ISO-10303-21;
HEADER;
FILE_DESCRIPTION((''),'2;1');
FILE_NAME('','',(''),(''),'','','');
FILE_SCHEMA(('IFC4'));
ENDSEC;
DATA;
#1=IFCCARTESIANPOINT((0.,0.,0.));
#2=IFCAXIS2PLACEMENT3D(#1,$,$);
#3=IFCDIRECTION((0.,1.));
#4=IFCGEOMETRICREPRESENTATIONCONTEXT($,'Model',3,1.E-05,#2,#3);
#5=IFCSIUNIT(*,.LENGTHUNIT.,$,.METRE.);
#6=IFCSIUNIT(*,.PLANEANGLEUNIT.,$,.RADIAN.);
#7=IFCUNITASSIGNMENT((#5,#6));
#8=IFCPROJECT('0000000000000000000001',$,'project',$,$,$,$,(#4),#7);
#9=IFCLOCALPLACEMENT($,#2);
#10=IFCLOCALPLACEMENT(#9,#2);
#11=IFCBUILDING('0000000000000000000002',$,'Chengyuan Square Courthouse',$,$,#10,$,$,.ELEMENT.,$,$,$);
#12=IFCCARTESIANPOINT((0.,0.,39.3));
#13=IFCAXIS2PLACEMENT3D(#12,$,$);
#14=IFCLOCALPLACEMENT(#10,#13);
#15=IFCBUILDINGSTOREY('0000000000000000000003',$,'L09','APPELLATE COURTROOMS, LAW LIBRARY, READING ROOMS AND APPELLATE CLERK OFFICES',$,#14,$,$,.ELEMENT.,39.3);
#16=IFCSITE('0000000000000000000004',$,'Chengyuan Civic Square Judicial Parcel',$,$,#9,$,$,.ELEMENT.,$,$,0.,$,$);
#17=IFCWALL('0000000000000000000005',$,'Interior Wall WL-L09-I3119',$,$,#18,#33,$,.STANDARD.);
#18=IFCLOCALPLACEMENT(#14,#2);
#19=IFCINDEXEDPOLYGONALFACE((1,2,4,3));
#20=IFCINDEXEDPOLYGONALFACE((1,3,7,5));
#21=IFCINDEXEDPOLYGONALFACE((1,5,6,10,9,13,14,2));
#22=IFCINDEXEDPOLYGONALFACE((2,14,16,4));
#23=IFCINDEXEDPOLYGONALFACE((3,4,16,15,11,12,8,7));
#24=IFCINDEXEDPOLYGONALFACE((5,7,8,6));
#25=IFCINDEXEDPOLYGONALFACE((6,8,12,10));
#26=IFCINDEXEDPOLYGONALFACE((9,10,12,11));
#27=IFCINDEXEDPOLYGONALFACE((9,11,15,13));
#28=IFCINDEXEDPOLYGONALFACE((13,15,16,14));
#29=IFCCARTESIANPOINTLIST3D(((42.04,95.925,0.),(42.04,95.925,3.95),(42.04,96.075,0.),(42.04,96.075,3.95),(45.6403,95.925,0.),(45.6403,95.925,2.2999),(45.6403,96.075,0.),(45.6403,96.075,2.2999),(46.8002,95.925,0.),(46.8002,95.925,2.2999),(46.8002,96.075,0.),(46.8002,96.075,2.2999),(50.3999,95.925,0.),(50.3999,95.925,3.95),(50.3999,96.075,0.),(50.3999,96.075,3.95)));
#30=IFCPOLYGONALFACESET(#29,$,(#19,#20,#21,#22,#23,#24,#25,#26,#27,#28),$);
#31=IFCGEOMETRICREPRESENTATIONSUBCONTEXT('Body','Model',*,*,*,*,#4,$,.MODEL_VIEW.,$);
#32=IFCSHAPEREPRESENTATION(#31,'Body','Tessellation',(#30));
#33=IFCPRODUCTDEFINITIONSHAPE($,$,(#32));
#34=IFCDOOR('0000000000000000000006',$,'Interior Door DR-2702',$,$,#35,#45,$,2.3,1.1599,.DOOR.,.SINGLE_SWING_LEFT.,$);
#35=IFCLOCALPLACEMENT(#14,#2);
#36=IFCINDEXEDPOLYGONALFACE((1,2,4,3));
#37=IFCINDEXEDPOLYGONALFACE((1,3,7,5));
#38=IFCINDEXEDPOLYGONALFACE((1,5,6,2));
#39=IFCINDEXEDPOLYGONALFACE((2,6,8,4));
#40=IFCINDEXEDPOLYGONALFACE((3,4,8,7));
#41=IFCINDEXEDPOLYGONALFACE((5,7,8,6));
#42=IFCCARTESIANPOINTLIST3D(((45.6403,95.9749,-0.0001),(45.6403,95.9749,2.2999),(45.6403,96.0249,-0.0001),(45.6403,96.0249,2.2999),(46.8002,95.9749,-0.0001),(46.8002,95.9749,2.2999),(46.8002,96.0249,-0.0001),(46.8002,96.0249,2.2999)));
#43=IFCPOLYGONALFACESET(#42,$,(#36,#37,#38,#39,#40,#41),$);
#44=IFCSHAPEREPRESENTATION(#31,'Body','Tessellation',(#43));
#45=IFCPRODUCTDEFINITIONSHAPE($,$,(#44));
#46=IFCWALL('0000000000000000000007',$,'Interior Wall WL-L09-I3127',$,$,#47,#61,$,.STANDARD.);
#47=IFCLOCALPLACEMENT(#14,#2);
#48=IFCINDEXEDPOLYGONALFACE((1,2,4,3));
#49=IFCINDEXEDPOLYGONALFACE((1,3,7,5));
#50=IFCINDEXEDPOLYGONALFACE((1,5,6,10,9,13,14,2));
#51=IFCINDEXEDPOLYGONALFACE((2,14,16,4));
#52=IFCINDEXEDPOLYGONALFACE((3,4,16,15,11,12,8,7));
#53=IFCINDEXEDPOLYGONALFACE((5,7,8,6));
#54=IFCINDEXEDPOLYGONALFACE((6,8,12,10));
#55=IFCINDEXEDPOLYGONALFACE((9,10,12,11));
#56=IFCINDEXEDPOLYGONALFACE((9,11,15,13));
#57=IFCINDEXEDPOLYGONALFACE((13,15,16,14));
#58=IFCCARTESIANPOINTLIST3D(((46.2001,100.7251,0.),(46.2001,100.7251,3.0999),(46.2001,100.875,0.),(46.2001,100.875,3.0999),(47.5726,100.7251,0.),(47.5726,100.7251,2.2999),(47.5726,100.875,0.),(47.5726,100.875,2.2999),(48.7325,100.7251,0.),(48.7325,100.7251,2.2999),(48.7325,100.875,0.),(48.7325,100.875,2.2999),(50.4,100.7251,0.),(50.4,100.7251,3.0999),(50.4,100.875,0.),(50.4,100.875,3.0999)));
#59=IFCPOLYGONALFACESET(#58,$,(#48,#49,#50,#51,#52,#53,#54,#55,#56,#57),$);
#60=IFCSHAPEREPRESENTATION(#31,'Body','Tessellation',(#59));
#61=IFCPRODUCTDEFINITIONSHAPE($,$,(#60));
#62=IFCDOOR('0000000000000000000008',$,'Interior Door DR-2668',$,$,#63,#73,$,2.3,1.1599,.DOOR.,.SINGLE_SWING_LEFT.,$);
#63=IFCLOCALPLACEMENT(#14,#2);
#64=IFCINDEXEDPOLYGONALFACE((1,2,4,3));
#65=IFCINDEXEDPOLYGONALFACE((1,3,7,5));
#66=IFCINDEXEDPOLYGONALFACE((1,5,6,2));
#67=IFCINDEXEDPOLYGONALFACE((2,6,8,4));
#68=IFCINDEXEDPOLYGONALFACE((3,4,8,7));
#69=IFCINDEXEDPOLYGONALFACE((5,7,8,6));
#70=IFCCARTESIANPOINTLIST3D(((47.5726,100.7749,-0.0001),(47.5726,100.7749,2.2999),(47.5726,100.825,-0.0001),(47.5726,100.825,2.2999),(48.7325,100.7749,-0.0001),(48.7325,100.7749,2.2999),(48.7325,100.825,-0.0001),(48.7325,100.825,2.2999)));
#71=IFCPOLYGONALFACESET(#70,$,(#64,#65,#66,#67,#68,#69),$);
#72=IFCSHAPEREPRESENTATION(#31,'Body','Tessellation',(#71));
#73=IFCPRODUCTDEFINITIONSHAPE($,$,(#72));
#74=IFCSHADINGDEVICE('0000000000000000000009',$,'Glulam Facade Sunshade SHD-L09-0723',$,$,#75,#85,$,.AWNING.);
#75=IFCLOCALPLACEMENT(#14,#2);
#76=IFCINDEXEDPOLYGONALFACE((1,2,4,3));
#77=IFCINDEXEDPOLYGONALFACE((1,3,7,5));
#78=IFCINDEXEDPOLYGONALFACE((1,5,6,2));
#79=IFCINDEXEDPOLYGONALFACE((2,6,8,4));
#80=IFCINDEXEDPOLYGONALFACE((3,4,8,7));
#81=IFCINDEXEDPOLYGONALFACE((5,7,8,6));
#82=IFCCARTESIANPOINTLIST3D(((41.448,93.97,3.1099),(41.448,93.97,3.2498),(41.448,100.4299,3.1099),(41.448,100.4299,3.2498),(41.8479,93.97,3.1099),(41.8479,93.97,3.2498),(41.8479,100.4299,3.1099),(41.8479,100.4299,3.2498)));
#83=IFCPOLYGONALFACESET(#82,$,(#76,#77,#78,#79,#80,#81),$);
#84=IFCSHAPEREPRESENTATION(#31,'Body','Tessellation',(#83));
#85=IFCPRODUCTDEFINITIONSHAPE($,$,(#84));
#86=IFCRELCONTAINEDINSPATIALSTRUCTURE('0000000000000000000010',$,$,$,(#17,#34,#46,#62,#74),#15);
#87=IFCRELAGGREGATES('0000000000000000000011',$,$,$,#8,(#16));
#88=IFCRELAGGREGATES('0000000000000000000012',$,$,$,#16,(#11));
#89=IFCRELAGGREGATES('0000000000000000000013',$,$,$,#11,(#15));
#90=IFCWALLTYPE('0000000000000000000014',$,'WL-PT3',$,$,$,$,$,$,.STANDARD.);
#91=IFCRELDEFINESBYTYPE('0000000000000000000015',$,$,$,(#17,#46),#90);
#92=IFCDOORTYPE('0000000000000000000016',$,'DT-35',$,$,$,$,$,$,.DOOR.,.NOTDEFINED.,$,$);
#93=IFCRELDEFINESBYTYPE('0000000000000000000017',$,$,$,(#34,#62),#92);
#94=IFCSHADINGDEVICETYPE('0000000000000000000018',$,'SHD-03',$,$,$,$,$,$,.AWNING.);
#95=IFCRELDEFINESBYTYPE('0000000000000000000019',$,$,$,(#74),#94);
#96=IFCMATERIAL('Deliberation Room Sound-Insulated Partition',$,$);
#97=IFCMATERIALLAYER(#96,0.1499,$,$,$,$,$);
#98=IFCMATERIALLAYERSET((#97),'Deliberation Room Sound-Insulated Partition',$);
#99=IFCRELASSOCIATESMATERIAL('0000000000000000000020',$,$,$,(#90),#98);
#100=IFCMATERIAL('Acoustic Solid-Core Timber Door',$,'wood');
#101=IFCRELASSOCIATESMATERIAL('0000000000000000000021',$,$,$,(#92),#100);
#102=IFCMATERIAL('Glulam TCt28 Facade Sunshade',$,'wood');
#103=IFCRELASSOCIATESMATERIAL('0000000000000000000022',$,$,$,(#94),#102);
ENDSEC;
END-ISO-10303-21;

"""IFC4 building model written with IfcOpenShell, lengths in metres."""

from ifc_helpers import new_model, si_unit, direction, frame, frame_2d, origin, origin_2d, place, context, subcontext, project, spatial, rectangle, extrude, material, layer, layer_set, type_object, element, fill, save


model = new_model("IFC4")

# Units and contexts
model_context = context("Model", 3, precision=1e-05, world=origin(), true_north=direction((0.0, 1.0)))
body_context = subcontext(model_context, "Body", "Model", "MODEL_VIEW")
ifc_project = project(units=[si_unit("LENGTHUNIT", "METRE"), si_unit("PLANEANGLEUNIT", "RADIAN")], contexts=[model_context])

# Site, building, storey
site_placement = place(None, origin())
site = spatial("IfcSite", under=ifc_project, at=site_placement, Name="Chengyuan Civic Square Judicial Parcel", CompositionType="ELEMENT", RefElevation=0.0)
building_placement = place(site_placement, origin())
building = spatial("IfcBuilding", under=site, at=building_placement, Name="Chengyuan Square Courthouse", CompositionType="ELEMENT")
storey_placement = place(building_placement, frame((0.0, 0.0, 39.3)))
storey = spatial("IfcBuildingStorey", under=building, at=storey_placement, Name="L09", Description="APPELLATE COURTROOMS, LAW LIBRARY, READING ROOMS AND APPELLATE CLERK OFFICES", CompositionType="ELEMENT", Elevation=39.3)

# Walls, openings, doors
ifc_material_1 = material(Name="Deliberation Room Sound-Insulated Partition")
ifc_layer_1 = layer(ifc_material_1, 0.1499)
ifc_layer_set_1 = layer_set([ifc_layer_1], Name="Deliberation Room Sound-Insulated Partition")
wall_type_1 = type_object("IfcWallType", Name="WL-PT3", PredefinedType="STANDARD", material=ifc_layer_set_1)
wall_1_placement = place(storey_placement, frame((42.04, 96.0, 0.0), z_axis=(0.0, 0.0, 1.0), x_axis=(1.0, 0.0, 0.0)))
wall_1 = element("IfcWall", 1, at=wall_1_placement, inside=storey, type_object=wall_type_1, Name="Interior Wall WL-L09-I3119", PredefinedType="STANDARD", context=body_context, shape_type="SweptSolid", body=[
    extrude(rectangle(XDim=8.3599, YDim=0.1499, at=frame_2d((4.1799, 0.0))), origin(), (0.0, 0.0, 1.0), 3.95),
])
opening_1_placement = place(wall_1_placement, frame((3.6001, 0.0, 0.0)))
opening_1 = element("IfcOpeningElement", 2, at=opening_1_placement, cuts=wall_1, PredefinedType="OPENING", context=body_context, shape_type="SweptSolid", body=[
    extrude(rectangle(XDim=1.1599, YDim=2.3, at=frame_2d((0.5801, 1.1499))), frame((0.0, 0.0869, 0.0), z_axis=(0.0, -1.0, 0.0), x_axis=(1.0, 0.0, 0.0)), (0.0, 0.0, 1.0), 0.1738),
])
ifc_material_2 = material(Name="Acoustic Solid-Core Timber Door", Category="wood")
door_type_1 = type_object("IfcDoorType", Name="DT-35", OperationType="NOTDEFINED", PredefinedType="DOOR", material=ifc_material_2)
door_1_placement = place(opening_1_placement, origin())
door_1 = element("IfcDoor", 3, at=door_1_placement, inside=storey, type_object=door_type_1, Name="Interior Door DR-2702", OperationType="SINGLE_SWING_LEFT", OverallHeight=2.3, OverallWidth=1.1599, PredefinedType="DOOR", context=body_context, shape_type="SweptSolid", body=[
    extrude(rectangle(XDim=1.1599, YDim=2.3, at=frame_2d((0.5801, 1.1499))), frame((0.0, 0.0249, 0.0), z_axis=(0.0, -1.0, 0.0), x_axis=(1.0, 0.0, 0.0)), (0.0, 0.0, 1.0), 0.05),
])
fill(opening_1, door_1)
wall_2_placement = place(storey_placement, frame((46.2, 100.8, 0.0), z_axis=(0.0, 0.0, 1.0), x_axis=(1.0, 0.0, 0.0)))
wall_2 = element("IfcWall", 4, at=wall_2_placement, inside=storey, type_object=wall_type_1, Name="Interior Wall WL-L09-I3127", PredefinedType="STANDARD", context=body_context, shape_type="SweptSolid", body=[
    extrude(rectangle(XDim=4.2, YDim=0.1499, at=frame_2d((2.1001, 0.0))), origin(), (0.0, 0.0, 1.0), 3.0999),
])
opening_2_placement = place(wall_2_placement, frame((1.3726, 0.0, 0.0)))
opening_2 = element("IfcOpeningElement", 5, at=opening_2_placement, cuts=wall_2, PredefinedType="OPENING", context=body_context, shape_type="SweptSolid", body=[
    extrude(rectangle(XDim=1.1599, YDim=2.3, at=frame_2d((0.5801, 1.1499))), frame((0.0, 0.0869, 0.0), z_axis=(0.0, -1.0, 0.0), x_axis=(1.0, 0.0, 0.0)), (0.0, 0.0, 1.0), 0.1738),
])
door_2_placement = place(opening_2_placement, origin())
door_2 = element("IfcDoor", 6, at=door_2_placement, inside=storey, type_object=door_type_1, Name="Interior Door DR-2668", OperationType="SINGLE_SWING_LEFT", OverallHeight=2.3, OverallWidth=1.1599, PredefinedType="DOOR", context=body_context, shape_type="SweptSolid", body=[
    extrude(rectangle(XDim=1.1599, YDim=2.3, at=frame_2d((0.5801, 1.1499))), frame((0.0, 0.0249, 0.0), z_axis=(0.0, -1.0, 0.0), x_axis=(1.0, 0.0, 0.0)), (0.0, 0.0, 1.0), 0.05),
])
fill(opening_2, door_2)

# Shading device
ifc_material_3 = material(Name="Glulam TCt28 Facade Sunshade", Category="wood")
shading_device_type = type_object("IfcShadingDeviceType", Name="SHD-03", PredefinedType="AWNING", material=ifc_material_3)
shading_device_placement = place(storey_placement, frame((41.6479, 97.2, 3.1099), z_axis=(0.0, 0.0, 1.0), x_axis=(0.0, 1.0, 0.0)))
element("IfcShadingDevice", 7, at=shading_device_placement, inside=storey, type_object=shading_device_type, Name="Glulam Facade Sunshade SHD-L09-0723", PredefinedType="AWNING", context=body_context, shape_type="SweptSolid", body=[
    extrude(rectangle(XDim=6.46, YDim=0.3999, at=origin_2d()), origin(), (0.0, 0.0, 1.0), 0.1399),
])

save(model, "model.ifc")
